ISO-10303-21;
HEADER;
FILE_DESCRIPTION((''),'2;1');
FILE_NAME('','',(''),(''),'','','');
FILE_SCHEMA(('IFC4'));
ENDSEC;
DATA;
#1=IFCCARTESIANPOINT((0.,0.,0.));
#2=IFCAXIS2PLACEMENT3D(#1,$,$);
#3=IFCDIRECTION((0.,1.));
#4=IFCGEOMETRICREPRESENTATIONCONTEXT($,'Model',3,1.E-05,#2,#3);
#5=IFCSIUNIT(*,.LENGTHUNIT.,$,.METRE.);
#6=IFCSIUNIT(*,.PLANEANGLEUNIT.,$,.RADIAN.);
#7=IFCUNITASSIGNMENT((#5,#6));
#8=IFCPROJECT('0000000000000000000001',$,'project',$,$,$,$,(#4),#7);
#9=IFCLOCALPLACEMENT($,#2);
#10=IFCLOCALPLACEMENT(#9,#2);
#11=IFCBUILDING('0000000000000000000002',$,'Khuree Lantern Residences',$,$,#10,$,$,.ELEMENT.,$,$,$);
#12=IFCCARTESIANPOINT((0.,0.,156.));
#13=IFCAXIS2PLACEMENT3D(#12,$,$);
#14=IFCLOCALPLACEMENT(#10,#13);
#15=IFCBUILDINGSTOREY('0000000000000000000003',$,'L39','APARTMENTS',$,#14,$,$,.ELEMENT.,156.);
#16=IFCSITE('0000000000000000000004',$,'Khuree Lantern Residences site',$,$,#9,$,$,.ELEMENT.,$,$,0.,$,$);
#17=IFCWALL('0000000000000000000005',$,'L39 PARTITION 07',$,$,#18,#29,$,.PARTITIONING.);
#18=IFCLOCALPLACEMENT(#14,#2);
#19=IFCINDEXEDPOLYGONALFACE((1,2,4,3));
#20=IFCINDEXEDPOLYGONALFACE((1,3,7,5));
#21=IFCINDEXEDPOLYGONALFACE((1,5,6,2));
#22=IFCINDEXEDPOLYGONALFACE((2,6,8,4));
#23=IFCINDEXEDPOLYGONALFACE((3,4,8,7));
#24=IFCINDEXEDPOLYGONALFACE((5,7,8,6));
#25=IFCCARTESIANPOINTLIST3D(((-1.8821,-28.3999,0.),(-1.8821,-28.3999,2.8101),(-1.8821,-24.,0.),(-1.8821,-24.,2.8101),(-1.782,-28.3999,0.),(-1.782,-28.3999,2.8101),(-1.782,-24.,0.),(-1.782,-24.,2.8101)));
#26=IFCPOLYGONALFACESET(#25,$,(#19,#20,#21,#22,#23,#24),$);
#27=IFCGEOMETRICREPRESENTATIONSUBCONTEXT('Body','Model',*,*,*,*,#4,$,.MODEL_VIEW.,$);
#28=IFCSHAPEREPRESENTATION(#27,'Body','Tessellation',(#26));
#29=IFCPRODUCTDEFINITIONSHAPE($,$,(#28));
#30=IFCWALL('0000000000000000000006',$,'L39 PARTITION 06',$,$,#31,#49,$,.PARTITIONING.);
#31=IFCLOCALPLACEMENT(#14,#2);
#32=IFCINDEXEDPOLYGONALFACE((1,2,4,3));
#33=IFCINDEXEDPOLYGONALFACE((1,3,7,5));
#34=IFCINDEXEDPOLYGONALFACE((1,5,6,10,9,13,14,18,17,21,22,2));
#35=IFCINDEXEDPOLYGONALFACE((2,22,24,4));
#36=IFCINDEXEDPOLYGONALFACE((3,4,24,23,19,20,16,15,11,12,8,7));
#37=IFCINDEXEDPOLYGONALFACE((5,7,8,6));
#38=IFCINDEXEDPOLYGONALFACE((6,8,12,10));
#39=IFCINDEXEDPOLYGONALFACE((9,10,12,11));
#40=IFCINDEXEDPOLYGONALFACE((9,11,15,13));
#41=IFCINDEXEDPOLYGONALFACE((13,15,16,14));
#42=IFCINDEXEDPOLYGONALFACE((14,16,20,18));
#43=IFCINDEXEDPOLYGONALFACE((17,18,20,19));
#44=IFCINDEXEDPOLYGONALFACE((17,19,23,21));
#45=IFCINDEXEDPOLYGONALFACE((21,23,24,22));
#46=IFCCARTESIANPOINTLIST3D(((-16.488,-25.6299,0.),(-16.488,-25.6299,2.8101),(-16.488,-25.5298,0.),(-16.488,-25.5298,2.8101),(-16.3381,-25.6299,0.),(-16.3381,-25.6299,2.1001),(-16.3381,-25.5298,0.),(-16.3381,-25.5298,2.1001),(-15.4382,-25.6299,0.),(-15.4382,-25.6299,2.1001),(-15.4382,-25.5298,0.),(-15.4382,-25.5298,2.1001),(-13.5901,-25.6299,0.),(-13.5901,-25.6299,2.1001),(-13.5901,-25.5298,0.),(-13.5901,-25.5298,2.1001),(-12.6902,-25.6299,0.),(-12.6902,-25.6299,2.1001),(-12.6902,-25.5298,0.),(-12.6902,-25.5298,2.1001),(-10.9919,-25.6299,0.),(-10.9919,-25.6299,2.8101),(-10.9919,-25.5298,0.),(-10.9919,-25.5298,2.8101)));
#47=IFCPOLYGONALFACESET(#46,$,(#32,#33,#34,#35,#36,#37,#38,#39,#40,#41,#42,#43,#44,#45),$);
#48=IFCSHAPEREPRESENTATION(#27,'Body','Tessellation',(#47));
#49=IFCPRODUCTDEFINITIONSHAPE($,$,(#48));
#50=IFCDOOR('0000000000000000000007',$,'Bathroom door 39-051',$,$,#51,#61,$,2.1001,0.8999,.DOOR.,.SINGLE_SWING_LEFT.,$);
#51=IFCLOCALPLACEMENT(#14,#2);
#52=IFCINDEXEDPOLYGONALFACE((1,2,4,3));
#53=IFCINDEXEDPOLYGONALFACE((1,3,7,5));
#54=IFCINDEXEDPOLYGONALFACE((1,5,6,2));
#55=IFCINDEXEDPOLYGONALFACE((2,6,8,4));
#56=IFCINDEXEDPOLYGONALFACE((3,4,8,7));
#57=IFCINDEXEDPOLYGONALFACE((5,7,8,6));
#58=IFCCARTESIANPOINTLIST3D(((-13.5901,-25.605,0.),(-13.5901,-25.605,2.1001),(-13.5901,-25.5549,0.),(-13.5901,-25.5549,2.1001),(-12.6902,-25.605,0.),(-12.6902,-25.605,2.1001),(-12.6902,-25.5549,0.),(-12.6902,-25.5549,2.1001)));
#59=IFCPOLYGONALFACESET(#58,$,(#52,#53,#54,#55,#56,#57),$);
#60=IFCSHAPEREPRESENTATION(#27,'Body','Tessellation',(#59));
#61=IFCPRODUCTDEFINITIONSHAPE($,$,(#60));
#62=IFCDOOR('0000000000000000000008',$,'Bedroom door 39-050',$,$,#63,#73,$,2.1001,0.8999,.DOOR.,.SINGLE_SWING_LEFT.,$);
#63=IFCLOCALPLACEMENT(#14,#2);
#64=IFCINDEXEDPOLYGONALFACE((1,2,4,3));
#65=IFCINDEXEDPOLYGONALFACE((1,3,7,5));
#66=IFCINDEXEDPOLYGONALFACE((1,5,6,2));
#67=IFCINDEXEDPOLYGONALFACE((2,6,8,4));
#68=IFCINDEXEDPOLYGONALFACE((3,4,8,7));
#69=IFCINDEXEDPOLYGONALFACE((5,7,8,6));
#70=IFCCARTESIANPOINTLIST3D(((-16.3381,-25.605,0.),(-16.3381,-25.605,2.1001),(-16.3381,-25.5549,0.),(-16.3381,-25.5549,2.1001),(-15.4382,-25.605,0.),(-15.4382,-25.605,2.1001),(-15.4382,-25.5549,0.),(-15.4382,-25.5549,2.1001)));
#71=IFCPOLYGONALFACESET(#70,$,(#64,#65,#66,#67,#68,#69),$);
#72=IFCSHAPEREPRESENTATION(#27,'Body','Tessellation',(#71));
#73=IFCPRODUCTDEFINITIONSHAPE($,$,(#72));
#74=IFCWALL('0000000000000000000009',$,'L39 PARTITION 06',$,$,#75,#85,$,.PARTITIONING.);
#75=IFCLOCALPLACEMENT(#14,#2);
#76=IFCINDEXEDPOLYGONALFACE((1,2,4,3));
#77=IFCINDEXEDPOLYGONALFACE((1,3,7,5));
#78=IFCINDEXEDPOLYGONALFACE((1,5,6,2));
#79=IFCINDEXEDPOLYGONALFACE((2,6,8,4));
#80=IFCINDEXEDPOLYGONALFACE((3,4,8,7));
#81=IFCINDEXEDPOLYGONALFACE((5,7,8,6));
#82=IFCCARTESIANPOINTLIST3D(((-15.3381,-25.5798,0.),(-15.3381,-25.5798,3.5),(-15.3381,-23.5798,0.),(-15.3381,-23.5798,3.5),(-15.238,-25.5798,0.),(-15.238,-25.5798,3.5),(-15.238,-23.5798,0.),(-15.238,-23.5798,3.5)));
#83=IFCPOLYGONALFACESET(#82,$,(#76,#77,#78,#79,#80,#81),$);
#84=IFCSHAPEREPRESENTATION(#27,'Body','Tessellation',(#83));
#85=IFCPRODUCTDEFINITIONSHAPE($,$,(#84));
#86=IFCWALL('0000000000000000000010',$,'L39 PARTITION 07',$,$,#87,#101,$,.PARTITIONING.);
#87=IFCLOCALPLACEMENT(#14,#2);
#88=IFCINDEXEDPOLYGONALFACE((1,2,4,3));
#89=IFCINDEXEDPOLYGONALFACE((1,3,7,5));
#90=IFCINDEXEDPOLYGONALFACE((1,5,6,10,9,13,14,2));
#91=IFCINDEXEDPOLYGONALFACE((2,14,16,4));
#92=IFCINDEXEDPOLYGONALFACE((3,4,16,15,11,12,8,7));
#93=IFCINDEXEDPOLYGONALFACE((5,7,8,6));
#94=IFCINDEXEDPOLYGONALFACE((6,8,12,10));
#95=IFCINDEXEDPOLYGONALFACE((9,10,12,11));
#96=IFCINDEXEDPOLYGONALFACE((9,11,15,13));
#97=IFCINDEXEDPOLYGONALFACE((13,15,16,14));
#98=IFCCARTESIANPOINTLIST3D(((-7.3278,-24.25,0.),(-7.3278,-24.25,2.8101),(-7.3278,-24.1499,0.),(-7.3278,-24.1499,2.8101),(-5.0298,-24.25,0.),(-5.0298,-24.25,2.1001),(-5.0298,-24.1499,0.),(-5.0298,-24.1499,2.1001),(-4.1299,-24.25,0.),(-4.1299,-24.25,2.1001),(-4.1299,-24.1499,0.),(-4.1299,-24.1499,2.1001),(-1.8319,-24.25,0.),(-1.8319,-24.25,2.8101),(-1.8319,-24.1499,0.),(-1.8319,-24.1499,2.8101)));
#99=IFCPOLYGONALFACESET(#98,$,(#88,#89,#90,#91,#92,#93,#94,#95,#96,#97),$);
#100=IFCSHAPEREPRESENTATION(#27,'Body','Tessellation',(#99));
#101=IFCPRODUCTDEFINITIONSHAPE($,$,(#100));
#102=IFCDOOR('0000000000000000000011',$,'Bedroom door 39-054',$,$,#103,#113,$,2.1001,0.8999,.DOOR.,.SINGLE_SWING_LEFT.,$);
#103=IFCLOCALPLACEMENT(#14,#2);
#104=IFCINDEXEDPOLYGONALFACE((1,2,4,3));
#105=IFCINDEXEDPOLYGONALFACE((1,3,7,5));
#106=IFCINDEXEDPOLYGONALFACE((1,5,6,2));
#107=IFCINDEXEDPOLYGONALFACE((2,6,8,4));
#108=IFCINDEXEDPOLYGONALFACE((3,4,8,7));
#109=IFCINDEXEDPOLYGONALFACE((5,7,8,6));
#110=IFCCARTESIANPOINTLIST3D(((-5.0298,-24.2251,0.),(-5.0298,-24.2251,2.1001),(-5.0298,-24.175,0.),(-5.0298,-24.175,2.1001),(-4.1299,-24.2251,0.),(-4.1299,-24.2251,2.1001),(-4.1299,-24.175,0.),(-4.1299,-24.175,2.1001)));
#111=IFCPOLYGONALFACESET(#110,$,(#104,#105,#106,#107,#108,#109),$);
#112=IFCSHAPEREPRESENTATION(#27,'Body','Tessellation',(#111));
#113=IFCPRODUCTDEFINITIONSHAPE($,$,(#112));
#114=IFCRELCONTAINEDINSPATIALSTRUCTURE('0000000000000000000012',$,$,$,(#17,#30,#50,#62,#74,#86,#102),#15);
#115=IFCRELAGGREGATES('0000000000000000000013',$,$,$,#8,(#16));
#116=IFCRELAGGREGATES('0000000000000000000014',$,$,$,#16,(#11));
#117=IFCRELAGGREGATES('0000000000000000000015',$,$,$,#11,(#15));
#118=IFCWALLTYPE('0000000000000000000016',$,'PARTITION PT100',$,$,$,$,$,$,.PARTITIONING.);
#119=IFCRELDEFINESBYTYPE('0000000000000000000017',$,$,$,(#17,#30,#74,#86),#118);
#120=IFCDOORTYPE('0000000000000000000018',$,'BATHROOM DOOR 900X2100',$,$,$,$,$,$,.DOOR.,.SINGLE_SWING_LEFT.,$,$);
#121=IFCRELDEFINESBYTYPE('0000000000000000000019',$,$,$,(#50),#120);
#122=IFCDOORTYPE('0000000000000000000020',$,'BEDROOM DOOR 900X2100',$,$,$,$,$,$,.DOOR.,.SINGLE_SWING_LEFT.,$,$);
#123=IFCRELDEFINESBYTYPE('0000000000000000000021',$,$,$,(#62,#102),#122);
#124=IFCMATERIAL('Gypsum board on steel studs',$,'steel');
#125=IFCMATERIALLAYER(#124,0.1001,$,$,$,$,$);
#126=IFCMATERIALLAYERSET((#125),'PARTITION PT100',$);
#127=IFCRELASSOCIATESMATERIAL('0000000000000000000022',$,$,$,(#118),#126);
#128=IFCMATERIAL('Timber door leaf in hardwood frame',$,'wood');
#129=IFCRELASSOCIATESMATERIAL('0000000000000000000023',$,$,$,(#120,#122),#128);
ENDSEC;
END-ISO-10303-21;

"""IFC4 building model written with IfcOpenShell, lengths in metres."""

from ifc_helpers import new_model, si_unit, direction, frame, frame_2d, origin, place, context, subcontext, project, spatial, rectangle, extrude, material, layer, layer_set, type_object, element, fill, save


model = new_model("IFC4")

# Units and contexts
model_context = context("Model", 3, precision=1e-05, world=origin(), true_north=direction((0.0, 1.0)))
body_context = subcontext(model_context, "Body", "Model", "MODEL_VIEW")
ifc_project = project(units=[si_unit("LENGTHUNIT", "METRE"), si_unit("PLANEANGLEUNIT", "RADIAN")], contexts=[model_context])

# Site, building, storey
site_placement = place(None, origin())
site = spatial("IfcSite", under=ifc_project, at=site_placement, Name="Khuree Lantern Residences site", CompositionType="ELEMENT", RefElevation=0.0)
building_placement = place(site_placement, origin())
building = spatial("IfcBuilding", under=site, at=building_placement, Name="Khuree Lantern Residences", CompositionType="ELEMENT")
storey_placement = place(building_placement, frame((0.0, 0.0, 156.0)))
storey = spatial("IfcBuildingStorey", under=building, at=storey_placement, Name="L39", Description="APARTMENTS", CompositionType="ELEMENT", Elevation=156.0)

# Wall
ifc_material_1 = material(Name="Gypsum board on steel studs", Category="steel")
ifc_layer_1 = layer(ifc_material_1, 0.1001)
ifc_layer_set_1 = layer_set([ifc_layer_1], Name="PARTITION PT100")
wall_type_1 = type_object("IfcWallType", Name="PARTITION PT100", PredefinedType="PARTITIONING", material=ifc_layer_set_1)
wall_1_placement = place(storey_placement, frame((-1.832, -24.0, 0.0), z_axis=(0.0, 0.0, 1.0), x_axis=(0.0, -1.0, 0.0)))
element("IfcWall", 1, at=wall_1_placement, inside=storey, type_object=wall_type_1, Name="L39 PARTITION 07", PredefinedType="PARTITIONING", context=body_context, shape_type="SweptSolid", body=[
    extrude(rectangle(XDim=4.3999, YDim=0.1001, at=frame_2d((2.2, 0.0))), origin(), (0.0, 0.0, 1.0), 2.8101),
])

# Wall, openings, doors
wall_2_placement = place(storey_placement, frame((-16.488, -25.5798, 0.0), z_axis=(0.0, 0.0, 1.0), x_axis=(1.0, 0.0, 0.0)))
wall_2 = element("IfcWall", 2, at=wall_2_placement, inside=storey, type_object=wall_type_1, Name="L39 PARTITION 06", PredefinedType="PARTITIONING", context=body_context, shape_type="SweptSolid", body=[
    extrude(rectangle(XDim=5.4961, YDim=0.1001, at=frame_2d((2.748, 0.0))), origin(), (0.0, 0.0, 1.0), 2.8101),
])
opening_1_placement = place(wall_2_placement, frame((0.1499, 0.0, 0.0)))
opening_1 = element("IfcOpeningElement", 3, at=opening_1_placement, cuts=wall_2, PredefinedType="OPENING", context=body_context, shape_type="SweptSolid", body=[
    extrude(rectangle(XDim=0.8999, YDim=2.1001, at=frame_2d((0.45, 1.05))), frame((0.0, 0.0601, 0.0), z_axis=(0.0, -1.0, 0.0), x_axis=(1.0, 0.0, 0.0)), (0.0, 0.0, 1.0), 0.1201),
])
opening_2_placement = place(wall_2_placement, frame((2.8979, 0.0, 0.0)))
opening_2 = element("IfcOpeningElement", 4, at=opening_2_placement, cuts=wall_2, PredefinedType="OPENING", context=body_context, shape_type="SweptSolid", body=[
    extrude(rectangle(XDim=0.8999, YDim=2.1001, at=frame_2d((0.45, 1.05))), frame((0.0, 0.0601, 0.0), z_axis=(0.0, -1.0, 0.0), x_axis=(1.0, 0.0, 0.0)), (0.0, 0.0, 1.0), 0.1201),
])
ifc_material_2 = material(Name="Timber door leaf in hardwood frame", Category="wood")
door_type_1 = type_object("IfcDoorType", Name="BATHROOM DOOR 900X2100", OperationType="SINGLE_SWING_LEFT", PredefinedType="DOOR", material=ifc_material_2)
door_1_placement = place(opening_2_placement, origin())
door_1 = element("IfcDoor", 5, at=door_1_placement, inside=storey, type_object=door_type_1, Name="Bathroom door 39-051", OperationType="SINGLE_SWING_LEFT", OverallHeight=2.1001, OverallWidth=0.8999, PredefinedType="DOOR", context=body_context, shape_type="SweptSolid", body=[
    extrude(rectangle(XDim=0.8999, YDim=2.1001, at=frame_2d((0.45, 1.05))), frame((0.0, 0.0249, 0.0), z_axis=(0.0, -1.0, 0.0), x_axis=(1.0, 0.0, 0.0)), (0.0, 0.0, 1.0), 0.05),
])
fill(opening_2, door_1)
door_type_2 = type_object("IfcDoorType", Name="BEDROOM DOOR 900X2100", OperationType="SINGLE_SWING_LEFT", PredefinedType="DOOR", material=ifc_material_2)
door_2_placement = place(opening_1_placement, origin())
door_2 = element("IfcDoor", 6, at=door_2_placement, inside=storey, type_object=door_type_2, Name="Bedroom door 39-050", OperationType="SINGLE_SWING_LEFT", OverallHeight=2.1001, OverallWidth=0.8999, PredefinedType="DOOR", context=body_context, shape_type="SweptSolid", body=[
    extrude(rectangle(XDim=0.8999, YDim=2.1001, at=frame_2d((0.45, 1.05))), frame((0.0, 0.0249, 0.0), z_axis=(0.0, -1.0, 0.0), x_axis=(1.0, 0.0, 0.0)), (0.0, 0.0, 1.0), 0.05),
])
fill(opening_1, door_2)

# Wall
wall_3_placement = place(storey_placement, frame((-15.2881, -23.5798, 0.0), z_axis=(0.0, 0.0, 1.0), x_axis=(0.0, -1.0, 0.0)))
element("IfcWall", 7, at=wall_3_placement, inside=storey, type_object=wall_type_1, Name="L39 PARTITION 06", PredefinedType="PARTITIONING", context=body_context, shape_type="SweptSolid", body=[
    extrude(rectangle(XDim=2.0, YDim=0.1001, at=frame_2d((1.0, 0.0))), origin(), (0.0, 0.0, 1.0), 3.5),
])

# Wall, opening, door
wall_4_placement = place(storey_placement, frame((-7.3279, -24.2, 0.0), z_axis=(0.0, 0.0, 1.0), x_axis=(1.0, 0.0, 0.0)))
wall_4 = element("IfcWall", 8, at=wall_4_placement, inside=storey, type_object=wall_type_1, Name="L39 PARTITION 07", PredefinedType="PARTITIONING", context=body_context, shape_type="SweptSolid", body=[
    extrude(rectangle(XDim=5.4958, YDim=0.1001, at=frame_2d((2.748, 0.0))), origin(), (0.0, 0.0, 1.0), 2.8101),
])
opening_3_placement = place(wall_4_placement, frame((2.2981, 0.0, 0.0)))
opening_3 = element("IfcOpeningElement", 9, at=opening_3_placement, cuts=wall_4, PredefinedType="OPENING", context=body_context, shape_type="SweptSolid", body=[
    extrude(rectangle(XDim=0.8999, YDim=2.1001, at=frame_2d((0.45, 1.05))), frame((0.0, 0.0601, 0.0), z_axis=(0.0, -1.0, 0.0), x_axis=(1.0, 0.0, 0.0)), (0.0, 0.0, 1.0), 0.1201),
])
door_3_placement = place(opening_3_placement, origin())
door_3 = element("IfcDoor", 10, at=door_3_placement, inside=storey, type_object=door_type_2, Name="Bedroom door 39-054", OperationType="SINGLE_SWING_LEFT", OverallHeight=2.1001, OverallWidth=0.8999, PredefinedType="DOOR", context=body_context, shape_type="SweptSolid", body=[
    extrude(rectangle(XDim=0.8999, YDim=2.1001, at=frame_2d((0.45, 1.05))), frame((0.0, 0.0249, 0.0), z_axis=(0.0, -1.0, 0.0), x_axis=(1.0, 0.0, 0.0)), (0.0, 0.0, 1.0), 0.05),
])
fill(opening_3, door_3)

save(model, "model.ifc")
